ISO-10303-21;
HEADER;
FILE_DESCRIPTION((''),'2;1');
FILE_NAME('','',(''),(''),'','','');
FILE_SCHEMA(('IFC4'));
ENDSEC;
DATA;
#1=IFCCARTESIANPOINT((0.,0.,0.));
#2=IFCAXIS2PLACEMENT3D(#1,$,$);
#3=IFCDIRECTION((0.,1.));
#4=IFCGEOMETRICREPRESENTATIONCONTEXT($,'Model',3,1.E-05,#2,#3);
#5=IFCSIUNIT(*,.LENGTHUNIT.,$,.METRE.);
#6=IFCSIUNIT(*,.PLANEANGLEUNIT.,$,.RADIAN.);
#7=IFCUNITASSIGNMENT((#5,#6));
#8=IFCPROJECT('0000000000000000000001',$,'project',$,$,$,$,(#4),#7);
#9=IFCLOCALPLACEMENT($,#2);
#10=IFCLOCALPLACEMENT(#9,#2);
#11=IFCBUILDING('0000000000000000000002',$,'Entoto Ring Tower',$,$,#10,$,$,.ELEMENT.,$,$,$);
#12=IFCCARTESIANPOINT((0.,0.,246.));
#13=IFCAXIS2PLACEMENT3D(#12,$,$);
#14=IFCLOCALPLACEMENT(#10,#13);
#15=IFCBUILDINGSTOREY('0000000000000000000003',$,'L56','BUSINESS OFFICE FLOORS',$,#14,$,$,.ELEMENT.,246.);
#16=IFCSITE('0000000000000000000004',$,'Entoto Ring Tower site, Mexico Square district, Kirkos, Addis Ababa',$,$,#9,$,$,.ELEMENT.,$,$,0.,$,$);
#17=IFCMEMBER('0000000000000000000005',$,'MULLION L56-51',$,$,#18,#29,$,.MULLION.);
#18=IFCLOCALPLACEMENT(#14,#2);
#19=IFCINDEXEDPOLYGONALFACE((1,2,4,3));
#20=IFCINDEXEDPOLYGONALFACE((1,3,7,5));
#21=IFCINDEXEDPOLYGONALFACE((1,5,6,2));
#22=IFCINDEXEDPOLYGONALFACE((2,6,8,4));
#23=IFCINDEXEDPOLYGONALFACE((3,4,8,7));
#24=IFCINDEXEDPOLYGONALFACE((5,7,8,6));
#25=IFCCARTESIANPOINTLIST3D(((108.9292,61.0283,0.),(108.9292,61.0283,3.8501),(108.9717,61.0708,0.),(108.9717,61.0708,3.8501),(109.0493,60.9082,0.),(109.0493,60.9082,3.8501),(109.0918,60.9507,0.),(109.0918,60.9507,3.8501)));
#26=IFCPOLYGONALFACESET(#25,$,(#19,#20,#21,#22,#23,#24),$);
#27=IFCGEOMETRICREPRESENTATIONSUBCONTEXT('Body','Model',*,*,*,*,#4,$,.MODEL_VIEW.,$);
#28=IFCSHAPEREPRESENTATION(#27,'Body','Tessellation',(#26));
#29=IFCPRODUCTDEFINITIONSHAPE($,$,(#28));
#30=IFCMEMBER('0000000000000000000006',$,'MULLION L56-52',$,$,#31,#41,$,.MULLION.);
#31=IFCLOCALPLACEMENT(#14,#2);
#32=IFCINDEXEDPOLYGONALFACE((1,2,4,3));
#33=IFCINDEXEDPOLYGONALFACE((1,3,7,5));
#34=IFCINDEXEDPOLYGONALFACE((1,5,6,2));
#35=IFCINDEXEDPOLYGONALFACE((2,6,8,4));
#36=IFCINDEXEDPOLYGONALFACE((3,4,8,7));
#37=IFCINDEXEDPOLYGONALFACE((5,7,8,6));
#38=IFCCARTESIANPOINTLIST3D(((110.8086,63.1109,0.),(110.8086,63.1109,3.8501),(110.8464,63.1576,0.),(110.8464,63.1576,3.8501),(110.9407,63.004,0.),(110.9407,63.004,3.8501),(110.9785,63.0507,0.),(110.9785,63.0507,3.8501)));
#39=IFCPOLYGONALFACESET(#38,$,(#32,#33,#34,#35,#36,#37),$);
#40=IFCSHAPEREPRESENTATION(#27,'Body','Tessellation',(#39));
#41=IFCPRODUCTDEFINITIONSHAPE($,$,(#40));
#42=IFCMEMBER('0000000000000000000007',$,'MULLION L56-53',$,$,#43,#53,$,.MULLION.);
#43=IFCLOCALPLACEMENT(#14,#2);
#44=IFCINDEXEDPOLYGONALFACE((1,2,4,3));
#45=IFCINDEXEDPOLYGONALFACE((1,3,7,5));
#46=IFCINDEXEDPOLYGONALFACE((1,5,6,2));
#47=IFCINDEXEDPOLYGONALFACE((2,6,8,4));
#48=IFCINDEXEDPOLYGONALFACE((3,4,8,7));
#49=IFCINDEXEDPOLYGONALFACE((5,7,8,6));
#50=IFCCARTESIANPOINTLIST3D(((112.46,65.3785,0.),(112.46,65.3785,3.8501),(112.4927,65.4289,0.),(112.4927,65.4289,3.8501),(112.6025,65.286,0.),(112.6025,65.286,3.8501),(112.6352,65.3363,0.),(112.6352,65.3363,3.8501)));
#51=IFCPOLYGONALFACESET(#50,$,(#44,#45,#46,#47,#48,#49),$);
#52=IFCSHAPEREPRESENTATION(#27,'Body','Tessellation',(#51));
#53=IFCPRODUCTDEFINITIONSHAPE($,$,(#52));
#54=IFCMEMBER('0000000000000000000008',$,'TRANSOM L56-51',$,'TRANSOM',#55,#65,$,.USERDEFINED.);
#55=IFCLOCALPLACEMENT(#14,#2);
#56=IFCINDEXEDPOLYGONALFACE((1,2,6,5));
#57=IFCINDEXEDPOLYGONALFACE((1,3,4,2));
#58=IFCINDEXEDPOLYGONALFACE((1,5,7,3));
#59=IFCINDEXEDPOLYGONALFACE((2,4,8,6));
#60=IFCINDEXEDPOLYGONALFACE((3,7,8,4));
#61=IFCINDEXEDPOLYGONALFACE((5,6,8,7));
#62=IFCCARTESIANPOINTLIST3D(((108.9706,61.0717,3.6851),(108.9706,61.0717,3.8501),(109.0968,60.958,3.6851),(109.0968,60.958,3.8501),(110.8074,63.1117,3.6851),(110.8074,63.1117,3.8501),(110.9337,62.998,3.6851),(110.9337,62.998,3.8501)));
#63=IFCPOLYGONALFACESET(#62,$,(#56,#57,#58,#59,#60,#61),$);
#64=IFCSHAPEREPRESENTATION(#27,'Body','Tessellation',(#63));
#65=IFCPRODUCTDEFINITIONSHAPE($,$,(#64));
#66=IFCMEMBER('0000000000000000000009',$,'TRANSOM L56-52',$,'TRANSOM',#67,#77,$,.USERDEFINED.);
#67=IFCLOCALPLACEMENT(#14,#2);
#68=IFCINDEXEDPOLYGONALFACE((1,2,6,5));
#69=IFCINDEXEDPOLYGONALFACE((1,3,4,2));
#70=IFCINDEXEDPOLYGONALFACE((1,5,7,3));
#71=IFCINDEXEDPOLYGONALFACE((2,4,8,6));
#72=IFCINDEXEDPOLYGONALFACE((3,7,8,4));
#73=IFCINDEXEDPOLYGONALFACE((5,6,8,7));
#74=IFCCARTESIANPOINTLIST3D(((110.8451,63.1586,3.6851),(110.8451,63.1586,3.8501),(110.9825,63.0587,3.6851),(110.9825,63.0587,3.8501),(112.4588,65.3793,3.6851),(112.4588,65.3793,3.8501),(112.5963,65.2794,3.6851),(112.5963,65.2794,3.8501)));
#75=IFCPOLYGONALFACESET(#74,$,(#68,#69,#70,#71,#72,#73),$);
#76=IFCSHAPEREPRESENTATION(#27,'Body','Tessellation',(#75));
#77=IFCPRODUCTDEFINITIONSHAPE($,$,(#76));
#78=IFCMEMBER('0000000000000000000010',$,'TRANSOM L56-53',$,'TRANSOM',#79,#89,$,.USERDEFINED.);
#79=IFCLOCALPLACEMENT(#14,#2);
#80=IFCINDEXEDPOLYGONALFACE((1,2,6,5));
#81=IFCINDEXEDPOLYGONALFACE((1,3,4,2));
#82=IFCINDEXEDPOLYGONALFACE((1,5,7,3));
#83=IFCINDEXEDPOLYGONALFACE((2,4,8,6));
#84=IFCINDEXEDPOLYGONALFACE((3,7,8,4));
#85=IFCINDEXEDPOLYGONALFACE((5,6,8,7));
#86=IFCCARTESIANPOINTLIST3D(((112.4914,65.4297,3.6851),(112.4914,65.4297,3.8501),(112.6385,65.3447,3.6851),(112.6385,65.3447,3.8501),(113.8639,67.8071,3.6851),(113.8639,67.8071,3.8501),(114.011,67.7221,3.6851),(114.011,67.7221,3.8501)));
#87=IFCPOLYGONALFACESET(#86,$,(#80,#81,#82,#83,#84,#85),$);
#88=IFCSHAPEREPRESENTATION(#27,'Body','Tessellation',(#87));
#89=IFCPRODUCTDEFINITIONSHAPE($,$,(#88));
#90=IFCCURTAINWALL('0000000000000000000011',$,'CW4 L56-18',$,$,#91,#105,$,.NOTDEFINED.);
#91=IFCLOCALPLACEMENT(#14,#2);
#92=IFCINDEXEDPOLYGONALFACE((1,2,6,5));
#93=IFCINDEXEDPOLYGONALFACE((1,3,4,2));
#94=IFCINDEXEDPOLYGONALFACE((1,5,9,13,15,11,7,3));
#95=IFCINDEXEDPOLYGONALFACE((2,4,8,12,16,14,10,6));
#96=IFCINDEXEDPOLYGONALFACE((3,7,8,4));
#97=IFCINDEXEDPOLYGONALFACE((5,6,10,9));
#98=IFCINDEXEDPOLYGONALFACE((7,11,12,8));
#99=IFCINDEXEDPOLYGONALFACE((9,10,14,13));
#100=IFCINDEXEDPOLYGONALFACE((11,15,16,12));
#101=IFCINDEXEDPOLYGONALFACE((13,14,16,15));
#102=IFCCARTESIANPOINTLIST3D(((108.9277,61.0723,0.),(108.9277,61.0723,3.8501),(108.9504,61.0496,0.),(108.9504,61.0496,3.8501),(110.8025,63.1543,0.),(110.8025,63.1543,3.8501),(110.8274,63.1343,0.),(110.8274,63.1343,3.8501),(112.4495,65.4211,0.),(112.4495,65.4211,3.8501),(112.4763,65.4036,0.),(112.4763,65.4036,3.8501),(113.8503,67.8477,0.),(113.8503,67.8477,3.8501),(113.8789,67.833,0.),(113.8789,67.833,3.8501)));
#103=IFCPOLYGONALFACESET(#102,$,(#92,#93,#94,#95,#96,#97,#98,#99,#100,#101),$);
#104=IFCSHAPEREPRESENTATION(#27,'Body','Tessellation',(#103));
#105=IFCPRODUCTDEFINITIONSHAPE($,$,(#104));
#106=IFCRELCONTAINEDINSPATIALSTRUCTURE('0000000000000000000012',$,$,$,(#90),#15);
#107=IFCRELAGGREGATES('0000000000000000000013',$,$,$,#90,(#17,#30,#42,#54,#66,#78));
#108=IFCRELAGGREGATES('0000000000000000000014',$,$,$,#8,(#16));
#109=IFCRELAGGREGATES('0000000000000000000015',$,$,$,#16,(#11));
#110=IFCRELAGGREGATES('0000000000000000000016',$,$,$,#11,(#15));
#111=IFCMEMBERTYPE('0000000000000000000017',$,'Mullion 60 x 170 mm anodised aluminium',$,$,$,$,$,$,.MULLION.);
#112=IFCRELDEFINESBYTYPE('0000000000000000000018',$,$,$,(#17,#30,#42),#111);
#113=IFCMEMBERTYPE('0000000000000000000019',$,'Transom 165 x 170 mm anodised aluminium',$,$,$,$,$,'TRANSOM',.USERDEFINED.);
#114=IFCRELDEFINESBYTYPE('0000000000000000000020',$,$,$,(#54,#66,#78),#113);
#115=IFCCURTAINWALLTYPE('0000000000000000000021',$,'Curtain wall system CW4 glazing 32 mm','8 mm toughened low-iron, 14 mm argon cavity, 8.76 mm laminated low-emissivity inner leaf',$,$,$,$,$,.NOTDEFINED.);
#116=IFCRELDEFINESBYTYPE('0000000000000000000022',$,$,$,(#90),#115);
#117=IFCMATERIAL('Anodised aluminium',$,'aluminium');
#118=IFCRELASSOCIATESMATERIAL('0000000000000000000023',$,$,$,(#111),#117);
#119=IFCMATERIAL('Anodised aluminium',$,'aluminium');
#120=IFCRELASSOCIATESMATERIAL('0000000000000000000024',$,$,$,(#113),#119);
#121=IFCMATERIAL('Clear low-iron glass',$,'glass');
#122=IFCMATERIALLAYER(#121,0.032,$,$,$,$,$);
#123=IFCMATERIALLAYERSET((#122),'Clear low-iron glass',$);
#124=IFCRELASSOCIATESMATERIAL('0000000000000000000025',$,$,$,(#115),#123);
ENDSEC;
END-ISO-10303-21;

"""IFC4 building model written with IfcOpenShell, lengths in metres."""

from ifc_helpers import new_model, si_unit, direction, frame, origin, origin_2d, place, context, subcontext, project, spatial, polyline, rectangle, outline, extrude, material, layer, layer_set, material_profile, profile_set, type_object, element, aggregate, save


model = new_model("IFC4")

# Units and contexts
model_context = context("Model", 3, precision=1e-05, world=origin(), true_north=direction((0.0, 1.0)))
body_context = subcontext(model_context, "Body", "Model", "MODEL_VIEW")
ifc_project = project(units=[si_unit("LENGTHUNIT", "METRE"), si_unit("PLANEANGLEUNIT", "RADIAN")], contexts=[model_context])

# Members
ifc_material_1 = material(Name="Anodised aluminium", Category="aluminium")
ifc_material_profile_1 = material_profile(ifc_material_1, rectangle(XDim=0.0601, YDim=0.1699, at=origin_2d()), Name="Mullion 60 x 170 mm anodised aluminium")
ifc_profile_set_1 = profile_set([ifc_material_profile_1], Name="Anodised aluminium")
member_type_1 = type_object("IfcMemberType", Name="Mullion 60 x 170 mm anodised aluminium", PredefinedType="MULLION", material=ifc_profile_set_1)
site_placement = place(None, origin())
building_placement = place(site_placement, origin())
storey_placement = place(building_placement, frame((0.0, 0.0, 246.0)))
member_1_placement = place(storey_placement, frame((109.0105, 60.9895, 0.0), z_axis=(0.0, 0.0, 1.0), x_axis=(0.707107, 0.707107, 0.0)))
member_1 = element("IfcMember", 1, at=member_1_placement, type_object=member_type_1, Name="MULLION L56-51", PredefinedType="MULLION", context=body_context, shape_type="SweptSolid", body=[
    extrude(rectangle(XDim=0.0601, YDim=0.1699, at=origin_2d()), origin(), (0.0, 0.0, 1.0), 3.8501),
])
member_2_placement = place(storey_placement, frame((110.8936, 63.0808, 0.0), z_axis=(0.0, 0.0, 1.0), x_axis=(0.62932, 0.777146, 0.0)))
member_2 = element("IfcMember", 2, at=member_2_placement, type_object=member_type_1, Name="MULLION L56-52", PredefinedType="MULLION", context=body_context, shape_type="SweptSolid", body=[
    extrude(rectangle(XDim=0.0601, YDim=0.1699, at=origin_2d()), origin(), (0.0, 0.0, 1.0), 3.8501),
])
member_3_placement = place(storey_placement, frame((112.5476, 65.3574, 0.0), z_axis=(0.0, 0.0, 1.0), x_axis=(0.544639, 0.838671, 0.0)))
member_3 = element("IfcMember", 3, at=member_3_placement, type_object=member_type_1, Name="MULLION L56-53", PredefinedType="MULLION", context=body_context, shape_type="SweptSolid", body=[
    extrude(rectangle(XDim=0.0601, YDim=0.1699, at=origin_2d()), origin(), (0.0, 0.0, 1.0), 3.8501),
])
ifc_material_2 = material(Name="Anodised aluminium", Category="aluminium")
ifc_material_profile_2 = material_profile(ifc_material_2, rectangle(XDim=0.1699, YDim=0.165, at=origin_2d()), Name="Transom 165 x 170 mm anodised aluminium")
ifc_profile_set_2 = profile_set([ifc_material_profile_2], Name="Anodised aluminium")
member_type_2 = type_object("IfcMemberType", Name="Transom 165 x 170 mm anodised aluminium", ElementType="TRANSOM", PredefinedType="USERDEFINED", material=ifc_profile_set_2)
member_4_placement = place(storey_placement, frame((109.0337, 61.0149, 3.7676), z_axis=(0.669142, 0.743135, 0.0), x_axis=(-0.743135, 0.669142, 0.0)))
member_4 = element("IfcMember", 4, at=member_4_placement, type_object=member_type_2, Name="TRANSOM L56-51", ObjectType="TRANSOM", PredefinedType="USERDEFINED", context=body_context, shape_type="SweptSolid", body=[
    extrude(rectangle(XDim=0.1699, YDim=0.165, at=origin_2d()), origin(), (0.0, 0.0, 1.0), 2.7451),
])
member_5_placement = place(storey_placement, frame((110.9138, 63.1086, 3.7676), z_axis=(0.587865, 0.808959, 0.0), x_axis=(-0.808959, 0.587865, 0.0)))
member_5 = element("IfcMember", 5, at=member_5_placement, type_object=member_type_2, Name="TRANSOM L56-52", ObjectType="TRANSOM", PredefinedType="USERDEFINED", context=body_context, shape_type="SweptSolid", body=[
    extrude(rectangle(XDim=0.1699, YDim=0.165, at=origin_2d()), origin(), (0.0, 0.0, 1.0), 2.7451),
])
member_6_placement = place(storey_placement, frame((112.5649, 65.3872, 3.7676), z_axis=(0.499984, 0.866035, 0.0), x_axis=(-0.866035, 0.499984, 0.0)))
member_6 = element("IfcMember", 6, at=member_6_placement, type_object=member_type_2, Name="TRANSOM L56-53", ObjectType="TRANSOM", PredefinedType="USERDEFINED", context=body_context, shape_type="SweptSolid", body=[
    extrude(rectangle(XDim=0.1699, YDim=0.165, at=origin_2d()), origin(), (0.0, 0.0, 1.0), 2.7451),
])

# Site, building, storey
site = spatial("IfcSite", under=ifc_project, at=site_placement, Name="Entoto Ring Tower site, Mexico Square district, Kirkos, Addis Ababa", CompositionType="ELEMENT", RefElevation=0.0)
building = spatial("IfcBuilding", under=site, at=building_placement, Name="Entoto Ring Tower", CompositionType="ELEMENT")
storey = spatial("IfcBuildingStorey", under=building, at=storey_placement, Name="L56", Description="BUSINESS OFFICE FLOORS", CompositionType="ELEMENT", Elevation=246.0)

# Curtain wall
ifc_material_3 = material(Name="Clear low-iron glass", Category="glass")
ifc_layer_1 = layer(ifc_material_3, 0.032)
ifc_layer_set_1 = layer_set([ifc_layer_1], Name="Clear low-iron glass")
curtain_wall_type = type_object("IfcCurtainWallType", Name="Curtain wall system CW4 glazing 32 mm", Description="8 mm toughened low-iron, 14 mm argon cavity, 8.76 mm laminated low-emissivity inner leaf", PredefinedType="NOTDEFINED", material=ifc_layer_set_1)
curtain_wall_1_placement = place(storey_placement, origin())
curtain_wall_1 = element("IfcCurtainWall", 7, at=curtain_wall_1_placement, inside=storey, type_object=curtain_wall_type, Name="CW4 L56-18", PredefinedType="NOTDEFINED", context=body_context, shape_type="SweptSolid", body=[
    extrude(outline(polyline([(108.9504, 61.0496), (110.8274, 63.1343), (112.4763, 65.4036), (113.8789, 67.833), (113.8503, 67.8477), (112.4495, 65.4211), (110.8025, 63.1543), (108.9277, 61.0723), (108.9504, 61.0496)])), origin(), (0.0, 0.0, 1.0), 3.8501),
])
aggregate(curtain_wall_1, [member_1, member_2, member_3, member_4, member_5, member_6])

save(model, "model.ifc")
